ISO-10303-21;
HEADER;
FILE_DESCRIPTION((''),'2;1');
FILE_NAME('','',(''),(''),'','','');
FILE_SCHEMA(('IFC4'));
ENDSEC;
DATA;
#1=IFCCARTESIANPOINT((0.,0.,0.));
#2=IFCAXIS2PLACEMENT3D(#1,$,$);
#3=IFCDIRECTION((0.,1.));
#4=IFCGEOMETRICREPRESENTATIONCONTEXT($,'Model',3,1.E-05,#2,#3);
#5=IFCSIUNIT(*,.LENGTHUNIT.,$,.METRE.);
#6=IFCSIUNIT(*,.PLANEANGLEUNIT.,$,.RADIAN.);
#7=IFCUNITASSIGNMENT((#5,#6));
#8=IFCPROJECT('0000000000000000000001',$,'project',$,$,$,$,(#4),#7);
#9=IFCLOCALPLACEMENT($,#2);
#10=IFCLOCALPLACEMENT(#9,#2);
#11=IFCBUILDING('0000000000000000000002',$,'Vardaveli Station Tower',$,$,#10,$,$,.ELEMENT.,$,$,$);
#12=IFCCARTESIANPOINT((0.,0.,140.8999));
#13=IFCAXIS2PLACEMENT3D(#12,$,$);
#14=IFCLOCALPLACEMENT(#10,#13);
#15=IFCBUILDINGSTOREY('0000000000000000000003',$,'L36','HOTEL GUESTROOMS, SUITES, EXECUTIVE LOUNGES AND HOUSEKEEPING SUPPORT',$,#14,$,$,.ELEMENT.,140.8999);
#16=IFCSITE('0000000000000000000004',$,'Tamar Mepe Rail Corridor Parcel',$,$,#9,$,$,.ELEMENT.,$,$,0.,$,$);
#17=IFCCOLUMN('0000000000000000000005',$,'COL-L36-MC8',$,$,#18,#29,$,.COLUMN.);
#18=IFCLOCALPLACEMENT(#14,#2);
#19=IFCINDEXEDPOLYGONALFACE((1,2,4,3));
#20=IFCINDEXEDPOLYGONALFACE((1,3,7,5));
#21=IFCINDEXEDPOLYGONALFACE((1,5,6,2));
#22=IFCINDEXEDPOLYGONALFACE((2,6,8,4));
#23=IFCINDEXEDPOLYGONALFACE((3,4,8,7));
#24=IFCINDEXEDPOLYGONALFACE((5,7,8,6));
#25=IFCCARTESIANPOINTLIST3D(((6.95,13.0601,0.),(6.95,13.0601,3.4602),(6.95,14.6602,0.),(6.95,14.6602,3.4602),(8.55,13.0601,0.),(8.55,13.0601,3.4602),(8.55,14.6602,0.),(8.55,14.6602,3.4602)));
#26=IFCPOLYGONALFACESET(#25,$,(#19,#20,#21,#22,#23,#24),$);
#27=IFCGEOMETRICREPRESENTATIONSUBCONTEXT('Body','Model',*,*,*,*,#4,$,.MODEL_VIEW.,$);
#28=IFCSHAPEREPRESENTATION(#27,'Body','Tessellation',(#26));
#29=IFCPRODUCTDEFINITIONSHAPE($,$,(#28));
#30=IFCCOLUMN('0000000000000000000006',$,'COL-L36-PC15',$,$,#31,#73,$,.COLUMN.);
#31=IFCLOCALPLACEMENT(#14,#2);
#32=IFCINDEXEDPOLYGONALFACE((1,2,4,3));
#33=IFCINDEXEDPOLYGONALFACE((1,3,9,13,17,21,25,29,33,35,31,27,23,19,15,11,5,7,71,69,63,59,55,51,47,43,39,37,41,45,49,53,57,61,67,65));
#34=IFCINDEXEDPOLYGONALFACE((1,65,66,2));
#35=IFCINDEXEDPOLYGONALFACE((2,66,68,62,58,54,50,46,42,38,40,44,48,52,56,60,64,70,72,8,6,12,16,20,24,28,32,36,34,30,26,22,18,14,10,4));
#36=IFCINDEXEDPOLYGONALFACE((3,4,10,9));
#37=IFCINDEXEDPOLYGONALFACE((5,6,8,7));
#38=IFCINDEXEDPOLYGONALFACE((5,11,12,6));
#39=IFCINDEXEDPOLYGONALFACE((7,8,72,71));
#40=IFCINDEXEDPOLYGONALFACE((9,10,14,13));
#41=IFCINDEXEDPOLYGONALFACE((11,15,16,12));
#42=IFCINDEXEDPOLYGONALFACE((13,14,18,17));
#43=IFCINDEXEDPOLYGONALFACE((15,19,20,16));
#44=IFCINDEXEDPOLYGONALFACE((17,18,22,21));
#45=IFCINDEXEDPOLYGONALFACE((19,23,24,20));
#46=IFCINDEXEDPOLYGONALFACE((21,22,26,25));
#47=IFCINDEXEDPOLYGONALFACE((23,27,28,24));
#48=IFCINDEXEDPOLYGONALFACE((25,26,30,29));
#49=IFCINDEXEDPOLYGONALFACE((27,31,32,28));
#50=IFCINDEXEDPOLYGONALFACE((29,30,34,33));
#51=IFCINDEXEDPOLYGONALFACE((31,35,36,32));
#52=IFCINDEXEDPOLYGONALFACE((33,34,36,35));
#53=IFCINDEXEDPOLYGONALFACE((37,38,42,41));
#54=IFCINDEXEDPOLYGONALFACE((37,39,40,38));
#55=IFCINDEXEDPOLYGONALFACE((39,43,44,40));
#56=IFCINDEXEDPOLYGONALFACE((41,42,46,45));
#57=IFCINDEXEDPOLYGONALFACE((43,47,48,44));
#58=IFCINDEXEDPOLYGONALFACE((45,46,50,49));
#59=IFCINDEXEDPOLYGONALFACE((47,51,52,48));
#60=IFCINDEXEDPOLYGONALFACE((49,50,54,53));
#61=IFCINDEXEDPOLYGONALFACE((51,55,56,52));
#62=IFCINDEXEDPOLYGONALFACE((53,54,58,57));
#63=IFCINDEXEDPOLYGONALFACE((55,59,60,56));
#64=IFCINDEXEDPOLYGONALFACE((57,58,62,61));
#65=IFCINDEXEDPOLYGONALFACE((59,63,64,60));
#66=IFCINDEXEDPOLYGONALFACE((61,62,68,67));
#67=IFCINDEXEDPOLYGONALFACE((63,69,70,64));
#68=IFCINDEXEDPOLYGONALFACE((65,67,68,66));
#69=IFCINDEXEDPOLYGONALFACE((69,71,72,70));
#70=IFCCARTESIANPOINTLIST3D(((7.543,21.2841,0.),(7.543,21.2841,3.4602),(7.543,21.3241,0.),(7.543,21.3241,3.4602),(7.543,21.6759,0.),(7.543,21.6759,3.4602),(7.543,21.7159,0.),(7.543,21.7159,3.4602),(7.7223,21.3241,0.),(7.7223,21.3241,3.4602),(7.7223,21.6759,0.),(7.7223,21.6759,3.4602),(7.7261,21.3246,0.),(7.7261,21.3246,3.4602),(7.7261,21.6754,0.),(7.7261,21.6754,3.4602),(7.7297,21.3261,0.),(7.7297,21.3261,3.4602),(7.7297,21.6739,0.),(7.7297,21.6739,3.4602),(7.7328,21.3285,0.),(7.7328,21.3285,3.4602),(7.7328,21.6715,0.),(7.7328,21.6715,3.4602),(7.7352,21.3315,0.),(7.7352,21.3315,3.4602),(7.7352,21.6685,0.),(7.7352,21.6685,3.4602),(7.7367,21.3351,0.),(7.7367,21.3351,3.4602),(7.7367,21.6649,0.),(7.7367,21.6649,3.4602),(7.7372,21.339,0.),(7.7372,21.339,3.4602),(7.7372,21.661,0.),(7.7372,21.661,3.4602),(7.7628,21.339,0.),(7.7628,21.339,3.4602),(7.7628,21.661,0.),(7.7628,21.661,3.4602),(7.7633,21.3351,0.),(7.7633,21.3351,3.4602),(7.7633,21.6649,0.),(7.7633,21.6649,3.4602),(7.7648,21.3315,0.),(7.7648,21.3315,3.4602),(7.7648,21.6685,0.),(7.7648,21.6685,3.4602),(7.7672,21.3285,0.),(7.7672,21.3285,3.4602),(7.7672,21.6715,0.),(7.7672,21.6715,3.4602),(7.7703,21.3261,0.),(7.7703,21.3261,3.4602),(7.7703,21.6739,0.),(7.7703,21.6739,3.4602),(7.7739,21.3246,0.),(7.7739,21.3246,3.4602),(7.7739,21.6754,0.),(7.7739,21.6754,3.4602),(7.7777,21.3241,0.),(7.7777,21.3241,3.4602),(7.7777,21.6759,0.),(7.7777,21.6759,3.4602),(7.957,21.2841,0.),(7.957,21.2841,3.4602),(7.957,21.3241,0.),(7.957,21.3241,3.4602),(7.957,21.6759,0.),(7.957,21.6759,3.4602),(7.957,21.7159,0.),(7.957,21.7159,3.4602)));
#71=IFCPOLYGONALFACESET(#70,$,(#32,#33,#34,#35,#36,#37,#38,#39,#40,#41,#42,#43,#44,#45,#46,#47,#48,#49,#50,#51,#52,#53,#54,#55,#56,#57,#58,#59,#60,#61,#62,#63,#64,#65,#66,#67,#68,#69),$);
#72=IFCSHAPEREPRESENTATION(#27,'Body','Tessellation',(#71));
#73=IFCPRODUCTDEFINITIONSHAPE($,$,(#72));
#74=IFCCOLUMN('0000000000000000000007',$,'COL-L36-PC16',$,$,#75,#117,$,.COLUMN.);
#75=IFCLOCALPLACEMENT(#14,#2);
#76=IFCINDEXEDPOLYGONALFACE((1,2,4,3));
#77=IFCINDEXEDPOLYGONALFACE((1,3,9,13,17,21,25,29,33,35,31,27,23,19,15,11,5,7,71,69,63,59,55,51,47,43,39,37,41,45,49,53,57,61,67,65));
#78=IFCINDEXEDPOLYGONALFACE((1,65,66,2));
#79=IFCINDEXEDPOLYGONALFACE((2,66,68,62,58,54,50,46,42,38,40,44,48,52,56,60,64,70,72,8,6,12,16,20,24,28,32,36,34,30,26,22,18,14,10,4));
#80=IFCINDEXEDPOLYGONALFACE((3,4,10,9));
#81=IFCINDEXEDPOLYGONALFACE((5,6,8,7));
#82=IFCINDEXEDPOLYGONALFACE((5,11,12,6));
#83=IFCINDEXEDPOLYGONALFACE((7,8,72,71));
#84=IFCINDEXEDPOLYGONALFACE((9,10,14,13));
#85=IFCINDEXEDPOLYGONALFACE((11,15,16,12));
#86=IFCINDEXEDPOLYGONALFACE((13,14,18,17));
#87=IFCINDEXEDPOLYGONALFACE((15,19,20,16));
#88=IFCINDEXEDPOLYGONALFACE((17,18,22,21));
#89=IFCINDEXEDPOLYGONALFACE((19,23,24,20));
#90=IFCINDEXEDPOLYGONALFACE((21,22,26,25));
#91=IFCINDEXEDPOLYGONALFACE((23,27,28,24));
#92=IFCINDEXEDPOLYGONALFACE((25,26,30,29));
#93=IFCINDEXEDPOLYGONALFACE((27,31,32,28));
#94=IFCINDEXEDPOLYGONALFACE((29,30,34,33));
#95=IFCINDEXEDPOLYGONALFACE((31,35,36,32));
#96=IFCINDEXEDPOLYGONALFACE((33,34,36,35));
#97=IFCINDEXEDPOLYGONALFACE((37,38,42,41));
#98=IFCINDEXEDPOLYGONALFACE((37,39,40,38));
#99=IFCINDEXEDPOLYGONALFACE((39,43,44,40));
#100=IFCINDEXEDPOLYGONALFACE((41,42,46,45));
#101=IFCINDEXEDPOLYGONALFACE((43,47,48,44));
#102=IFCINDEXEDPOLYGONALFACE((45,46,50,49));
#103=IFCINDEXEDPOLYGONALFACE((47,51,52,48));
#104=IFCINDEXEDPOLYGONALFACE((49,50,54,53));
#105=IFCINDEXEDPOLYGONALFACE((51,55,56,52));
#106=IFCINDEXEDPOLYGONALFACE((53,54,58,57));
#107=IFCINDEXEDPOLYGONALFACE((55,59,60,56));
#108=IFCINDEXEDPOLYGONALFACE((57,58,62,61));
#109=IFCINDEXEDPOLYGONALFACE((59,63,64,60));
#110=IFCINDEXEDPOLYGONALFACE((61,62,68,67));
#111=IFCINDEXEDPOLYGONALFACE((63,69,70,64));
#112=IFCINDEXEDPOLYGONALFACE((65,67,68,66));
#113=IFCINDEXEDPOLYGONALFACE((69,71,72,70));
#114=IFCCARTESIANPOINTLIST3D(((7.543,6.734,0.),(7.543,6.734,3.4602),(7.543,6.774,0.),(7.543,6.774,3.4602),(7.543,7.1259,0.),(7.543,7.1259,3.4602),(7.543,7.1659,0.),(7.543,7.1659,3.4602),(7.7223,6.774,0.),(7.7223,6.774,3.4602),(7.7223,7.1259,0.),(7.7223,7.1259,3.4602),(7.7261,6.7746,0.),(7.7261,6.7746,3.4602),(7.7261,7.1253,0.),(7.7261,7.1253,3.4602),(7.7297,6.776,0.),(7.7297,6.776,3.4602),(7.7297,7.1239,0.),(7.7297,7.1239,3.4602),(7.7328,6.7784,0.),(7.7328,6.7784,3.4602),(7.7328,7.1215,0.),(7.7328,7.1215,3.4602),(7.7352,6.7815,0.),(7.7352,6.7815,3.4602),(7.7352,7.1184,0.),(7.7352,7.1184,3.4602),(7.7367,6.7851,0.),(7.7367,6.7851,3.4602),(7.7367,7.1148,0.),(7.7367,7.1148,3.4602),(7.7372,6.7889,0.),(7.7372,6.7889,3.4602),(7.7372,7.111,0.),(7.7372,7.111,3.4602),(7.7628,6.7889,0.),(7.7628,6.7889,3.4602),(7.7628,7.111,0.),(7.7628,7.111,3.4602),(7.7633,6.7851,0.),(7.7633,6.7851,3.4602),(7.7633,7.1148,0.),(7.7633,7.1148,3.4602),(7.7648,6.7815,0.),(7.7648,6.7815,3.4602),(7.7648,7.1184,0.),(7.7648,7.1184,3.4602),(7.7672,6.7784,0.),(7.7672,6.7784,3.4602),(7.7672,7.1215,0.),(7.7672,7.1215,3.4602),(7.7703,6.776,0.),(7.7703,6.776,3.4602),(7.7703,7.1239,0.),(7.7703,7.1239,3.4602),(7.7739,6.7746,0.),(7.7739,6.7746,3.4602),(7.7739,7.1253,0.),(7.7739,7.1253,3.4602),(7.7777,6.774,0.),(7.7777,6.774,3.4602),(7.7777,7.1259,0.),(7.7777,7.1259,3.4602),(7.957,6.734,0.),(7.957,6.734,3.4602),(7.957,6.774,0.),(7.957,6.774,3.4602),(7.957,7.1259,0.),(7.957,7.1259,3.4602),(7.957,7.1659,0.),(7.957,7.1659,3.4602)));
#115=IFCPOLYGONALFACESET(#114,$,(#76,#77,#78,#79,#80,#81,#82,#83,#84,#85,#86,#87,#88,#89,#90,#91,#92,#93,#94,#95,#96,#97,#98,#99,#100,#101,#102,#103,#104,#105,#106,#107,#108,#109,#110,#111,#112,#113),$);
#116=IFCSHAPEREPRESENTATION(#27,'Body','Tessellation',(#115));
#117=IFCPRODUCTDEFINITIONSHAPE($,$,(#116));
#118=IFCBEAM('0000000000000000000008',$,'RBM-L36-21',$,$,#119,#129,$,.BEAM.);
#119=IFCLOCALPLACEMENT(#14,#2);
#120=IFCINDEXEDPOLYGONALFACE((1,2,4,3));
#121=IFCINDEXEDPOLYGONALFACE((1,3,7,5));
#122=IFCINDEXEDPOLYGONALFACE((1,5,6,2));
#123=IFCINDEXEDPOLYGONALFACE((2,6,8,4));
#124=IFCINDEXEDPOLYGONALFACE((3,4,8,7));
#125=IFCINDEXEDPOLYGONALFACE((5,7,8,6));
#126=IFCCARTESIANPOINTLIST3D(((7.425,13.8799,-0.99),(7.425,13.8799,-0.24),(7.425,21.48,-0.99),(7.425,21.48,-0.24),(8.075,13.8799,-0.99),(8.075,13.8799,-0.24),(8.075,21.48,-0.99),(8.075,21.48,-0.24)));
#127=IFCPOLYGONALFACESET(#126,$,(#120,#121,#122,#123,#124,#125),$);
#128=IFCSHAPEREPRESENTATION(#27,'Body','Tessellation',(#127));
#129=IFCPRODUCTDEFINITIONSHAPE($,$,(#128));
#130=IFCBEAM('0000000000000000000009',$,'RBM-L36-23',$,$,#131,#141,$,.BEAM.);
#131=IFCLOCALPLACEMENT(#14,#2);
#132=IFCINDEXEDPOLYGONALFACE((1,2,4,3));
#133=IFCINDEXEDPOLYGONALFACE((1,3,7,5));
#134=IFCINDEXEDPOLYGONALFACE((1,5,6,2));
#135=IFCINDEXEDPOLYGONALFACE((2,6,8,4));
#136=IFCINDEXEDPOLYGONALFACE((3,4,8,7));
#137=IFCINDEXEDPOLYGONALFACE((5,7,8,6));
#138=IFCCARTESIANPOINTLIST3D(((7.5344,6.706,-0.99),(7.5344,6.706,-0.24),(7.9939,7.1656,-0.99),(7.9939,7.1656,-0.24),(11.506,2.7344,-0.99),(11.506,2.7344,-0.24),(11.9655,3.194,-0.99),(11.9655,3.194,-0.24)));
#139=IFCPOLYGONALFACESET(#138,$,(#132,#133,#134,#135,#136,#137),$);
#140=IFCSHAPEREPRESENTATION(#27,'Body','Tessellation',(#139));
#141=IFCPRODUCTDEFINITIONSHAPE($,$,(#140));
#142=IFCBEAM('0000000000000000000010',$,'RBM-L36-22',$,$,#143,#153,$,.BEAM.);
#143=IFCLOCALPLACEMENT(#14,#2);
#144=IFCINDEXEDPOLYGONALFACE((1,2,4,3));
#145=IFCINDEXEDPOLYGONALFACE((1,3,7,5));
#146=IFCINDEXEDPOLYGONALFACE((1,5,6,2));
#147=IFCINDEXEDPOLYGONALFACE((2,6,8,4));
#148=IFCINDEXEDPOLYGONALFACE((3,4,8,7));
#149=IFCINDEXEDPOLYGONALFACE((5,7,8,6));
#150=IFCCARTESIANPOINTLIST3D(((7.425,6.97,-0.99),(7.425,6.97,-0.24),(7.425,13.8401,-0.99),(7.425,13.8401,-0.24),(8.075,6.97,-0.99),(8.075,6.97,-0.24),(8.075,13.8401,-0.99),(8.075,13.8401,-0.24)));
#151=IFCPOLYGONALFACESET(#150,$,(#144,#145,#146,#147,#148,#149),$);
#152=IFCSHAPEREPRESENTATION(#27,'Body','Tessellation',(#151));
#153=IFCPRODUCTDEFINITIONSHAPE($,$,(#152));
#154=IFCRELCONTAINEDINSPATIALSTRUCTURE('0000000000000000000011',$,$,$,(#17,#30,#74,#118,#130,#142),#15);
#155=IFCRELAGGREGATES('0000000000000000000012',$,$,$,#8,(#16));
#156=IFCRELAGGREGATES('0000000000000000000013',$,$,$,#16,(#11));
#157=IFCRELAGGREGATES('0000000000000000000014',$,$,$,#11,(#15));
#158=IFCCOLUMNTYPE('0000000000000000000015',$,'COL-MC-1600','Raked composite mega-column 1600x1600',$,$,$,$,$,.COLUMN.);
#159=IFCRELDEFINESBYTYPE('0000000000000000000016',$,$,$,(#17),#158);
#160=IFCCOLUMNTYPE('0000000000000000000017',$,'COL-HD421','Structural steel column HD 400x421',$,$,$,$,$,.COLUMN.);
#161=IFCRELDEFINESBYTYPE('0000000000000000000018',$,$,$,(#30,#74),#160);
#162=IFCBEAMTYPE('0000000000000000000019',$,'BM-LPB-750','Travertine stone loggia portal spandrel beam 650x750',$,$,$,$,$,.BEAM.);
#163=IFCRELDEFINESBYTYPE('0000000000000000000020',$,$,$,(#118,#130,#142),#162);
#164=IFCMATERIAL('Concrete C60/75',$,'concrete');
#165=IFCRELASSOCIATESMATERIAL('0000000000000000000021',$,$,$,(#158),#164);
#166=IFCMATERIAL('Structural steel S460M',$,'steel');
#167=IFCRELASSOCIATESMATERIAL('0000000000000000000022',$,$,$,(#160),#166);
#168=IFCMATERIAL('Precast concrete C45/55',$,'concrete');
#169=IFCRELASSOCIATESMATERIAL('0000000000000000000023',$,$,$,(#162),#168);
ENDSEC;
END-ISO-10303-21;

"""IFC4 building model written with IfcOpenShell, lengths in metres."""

from ifc_helpers import new_model, si_unit, direction, frame, origin, origin_2d, place, context, subcontext, project, spatial, rectangle, i_section, extrude, source, transform, mapped, material, material_profile, profile_set, type_object, element, save


model = new_model("IFC4")

# Units and contexts
model_context = context("Model", 3, precision=1e-05, world=origin(), true_north=direction((0.0, 1.0)))
body_context = subcontext(model_context, "Body", "Model", "MODEL_VIEW")
ifc_project = project(units=[si_unit("LENGTHUNIT", "METRE"), si_unit("PLANEANGLEUNIT", "RADIAN")], contexts=[model_context])

# Site, building, storey
site_placement = place(None, origin())
site = spatial("IfcSite", under=ifc_project, at=site_placement, Name="Tamar Mepe Rail Corridor Parcel", CompositionType="ELEMENT", RefElevation=0.0)
building_placement = place(site_placement, origin())
building = spatial("IfcBuilding", under=site, at=building_placement, Name="Vardaveli Station Tower", CompositionType="ELEMENT")
storey_placement = place(building_placement, frame((0.0, 0.0, 140.8999)))
storey = spatial("IfcBuildingStorey", under=building, at=storey_placement, Name="L36", Description="HOTEL GUESTROOMS, SUITES, EXECUTIVE LOUNGES AND HOUSEKEEPING SUPPORT", CompositionType="ELEMENT", Elevation=140.8999)

# Columns
ifc_material_1 = material(Name="Concrete C60/75", Category="concrete")
ifc_material_profile_1 = material_profile(ifc_material_1, rectangle(XDim=1.6001, YDim=1.6001, at=origin_2d()), Name="MC 1600x1600")
ifc_profile_set_1 = profile_set([ifc_material_profile_1], Name="Concrete C60/75")
column_type_1 = type_object("IfcColumnType", Name="COL-MC-1600", Description="Raked composite mega-column 1600x1600", PredefinedType="COLUMN", material=ifc_profile_set_1)
shared_shape_1 = source(origin(), body_context, "Body", "SweptSolid", [
    extrude(rectangle(XDim=1.6001, YDim=1.6001, at=origin_2d()), origin(), (0.0, 0.0, 1.0), 3.4602),
])
column_placement = place(storey_placement, frame((7.75, 13.8601, 0.0), z_axis=(0.0, 0.0, 1.0), x_axis=(1.0, 0.0, 0.0)))
element("IfcColumn", 1, at=column_placement, inside=storey, type_object=column_type_1, Name="COL-L36-MC8", PredefinedType="COLUMN", context=body_context, shape_type="MappedRepresentation", body=[
    mapped(shared_shape_1, transform((0.0, 0.0, 0.0), scale=1.0)),
])
ifc_material_2 = material(Name="Structural steel S460M", Category="steel")
ifc_material_profile_2 = material_profile(ifc_material_2, i_section(OverallWidth=0.4141, OverallDepth=0.4319, WebThickness=0.0256, FlangeThickness=0.04, FilletRadius=0.0149, at=origin_2d()), Name="HD 400x421")
ifc_profile_set_2 = profile_set([ifc_material_profile_2], Name="Structural steel S460M")
column_type_2 = type_object("IfcColumnType", Name="COL-HD421", Description="Structural steel column HD 400x421", PredefinedType="COLUMN", material=ifc_profile_set_2)
shared_shape_2 = source(origin(), body_context, "Body", "SweptSolid", [
    extrude(i_section(OverallWidth=0.4141, OverallDepth=0.4319, WebThickness=0.0256, FlangeThickness=0.04, FilletRadius=0.0149, at=origin_2d()), origin(), (0.0, 0.0, 1.0), 3.4602),
])
for number, where, z_axis, x_axis, name in (
    (2, (7.75, 21.5, 0.0), (0.0, 0.0, 1.0), (1.0, 0.0, 0.0), "COL-L36-PC15"),
    (3, (7.75, 6.95, 0.0), (0.0, 0.0, 1.0), (1.0, 0.0, 0.0), "COL-L36-PC16"),
):
    element("IfcColumn", number, at=place(storey_placement, frame(where, z_axis=z_axis, x_axis=x_axis)), inside=storey, type_object=column_type_2, Name=name, PredefinedType="COLUMN", context=body_context, shape_type="MappedRepresentation", body=[
        mapped(shared_shape_2, transform((0.0, 0.0, 0.0), scale=1.0)),
    ])

# Beams
ifc_material_3 = material(Name="Precast concrete C45/55", Category="concrete")
ifc_material_profile_3 = material_profile(ifc_material_3, rectangle(XDim=0.6499, YDim=0.75, at=origin_2d()), Name="LPB 650x750")
ifc_profile_set_3 = profile_set([ifc_material_profile_3], Name="Precast concrete C45/55")
beam_type_1 = type_object("IfcBeamType", Name="BM-LPB-750", Description="Travertine stone loggia portal spandrel beam 650x750", PredefinedType="BEAM", material=ifc_profile_set_3)
shared_shape_3 = source(origin(), body_context, "Body", "SweptSolid", [
    extrude(rectangle(XDim=0.6499, YDim=0.75, at=origin_2d()), origin(), (0.0, 0.0, 1.0), 7.6001),
])
beam_1_placement = place(storey_placement, frame((7.75, 21.48, -0.615), z_axis=(0.0, -1.0, 0.0), x_axis=(1.0, 0.0, 0.0)))
element("IfcBeam", 4, at=beam_1_placement, inside=storey, type_object=beam_type_1, Name="RBM-L36-21", PredefinedType="BEAM", context=body_context, shape_type="MappedRepresentation", body=[
    mapped(shared_shape_3, transform((0.0, 0.0, 0.0), scale=1.0)),
])
shared_shape_4 = source(origin(), body_context, "Body", "SweptSolid", [
    extrude(rectangle(XDim=0.6499, YDim=0.75, at=origin_2d()), origin(), (0.0, 0.0, 1.0), 5.6167),
])
beam_2_placement = place(storey_placement, frame((7.7642, 6.9358, -0.615), z_axis=(0.707107, -0.707107, 0.0), x_axis=(0.707107, 0.707107, 0.0)))
element("IfcBeam", 5, at=beam_2_placement, inside=storey, type_object=beam_type_1, Name="RBM-L36-23", PredefinedType="BEAM", context=body_context, shape_type="MappedRepresentation", body=[
    mapped(shared_shape_4, transform((0.0, 0.0, 0.0), scale=1.0)),
])
shared_shape_5 = source(origin(), body_context, "Body", "SweptSolid", [
    extrude(rectangle(XDim=0.6499, YDim=0.75, at=origin_2d()), origin(), (0.0, 0.0, 1.0), 6.8701),
])
beam_3_placement = place(storey_placement, frame((7.75, 13.8401, -0.615), z_axis=(0.0, -1.0, 0.0), x_axis=(1.0, 0.0, 0.0)))
element("IfcBeam", 6, at=beam_3_placement, inside=storey, type_object=beam_type_1, Name="RBM-L36-22", PredefinedType="BEAM", context=body_context, shape_type="MappedRepresentation", body=[
    mapped(shared_shape_5, transform((0.0, 0.0, 0.0), scale=1.0)),
])

save(model, "model.ifc")
